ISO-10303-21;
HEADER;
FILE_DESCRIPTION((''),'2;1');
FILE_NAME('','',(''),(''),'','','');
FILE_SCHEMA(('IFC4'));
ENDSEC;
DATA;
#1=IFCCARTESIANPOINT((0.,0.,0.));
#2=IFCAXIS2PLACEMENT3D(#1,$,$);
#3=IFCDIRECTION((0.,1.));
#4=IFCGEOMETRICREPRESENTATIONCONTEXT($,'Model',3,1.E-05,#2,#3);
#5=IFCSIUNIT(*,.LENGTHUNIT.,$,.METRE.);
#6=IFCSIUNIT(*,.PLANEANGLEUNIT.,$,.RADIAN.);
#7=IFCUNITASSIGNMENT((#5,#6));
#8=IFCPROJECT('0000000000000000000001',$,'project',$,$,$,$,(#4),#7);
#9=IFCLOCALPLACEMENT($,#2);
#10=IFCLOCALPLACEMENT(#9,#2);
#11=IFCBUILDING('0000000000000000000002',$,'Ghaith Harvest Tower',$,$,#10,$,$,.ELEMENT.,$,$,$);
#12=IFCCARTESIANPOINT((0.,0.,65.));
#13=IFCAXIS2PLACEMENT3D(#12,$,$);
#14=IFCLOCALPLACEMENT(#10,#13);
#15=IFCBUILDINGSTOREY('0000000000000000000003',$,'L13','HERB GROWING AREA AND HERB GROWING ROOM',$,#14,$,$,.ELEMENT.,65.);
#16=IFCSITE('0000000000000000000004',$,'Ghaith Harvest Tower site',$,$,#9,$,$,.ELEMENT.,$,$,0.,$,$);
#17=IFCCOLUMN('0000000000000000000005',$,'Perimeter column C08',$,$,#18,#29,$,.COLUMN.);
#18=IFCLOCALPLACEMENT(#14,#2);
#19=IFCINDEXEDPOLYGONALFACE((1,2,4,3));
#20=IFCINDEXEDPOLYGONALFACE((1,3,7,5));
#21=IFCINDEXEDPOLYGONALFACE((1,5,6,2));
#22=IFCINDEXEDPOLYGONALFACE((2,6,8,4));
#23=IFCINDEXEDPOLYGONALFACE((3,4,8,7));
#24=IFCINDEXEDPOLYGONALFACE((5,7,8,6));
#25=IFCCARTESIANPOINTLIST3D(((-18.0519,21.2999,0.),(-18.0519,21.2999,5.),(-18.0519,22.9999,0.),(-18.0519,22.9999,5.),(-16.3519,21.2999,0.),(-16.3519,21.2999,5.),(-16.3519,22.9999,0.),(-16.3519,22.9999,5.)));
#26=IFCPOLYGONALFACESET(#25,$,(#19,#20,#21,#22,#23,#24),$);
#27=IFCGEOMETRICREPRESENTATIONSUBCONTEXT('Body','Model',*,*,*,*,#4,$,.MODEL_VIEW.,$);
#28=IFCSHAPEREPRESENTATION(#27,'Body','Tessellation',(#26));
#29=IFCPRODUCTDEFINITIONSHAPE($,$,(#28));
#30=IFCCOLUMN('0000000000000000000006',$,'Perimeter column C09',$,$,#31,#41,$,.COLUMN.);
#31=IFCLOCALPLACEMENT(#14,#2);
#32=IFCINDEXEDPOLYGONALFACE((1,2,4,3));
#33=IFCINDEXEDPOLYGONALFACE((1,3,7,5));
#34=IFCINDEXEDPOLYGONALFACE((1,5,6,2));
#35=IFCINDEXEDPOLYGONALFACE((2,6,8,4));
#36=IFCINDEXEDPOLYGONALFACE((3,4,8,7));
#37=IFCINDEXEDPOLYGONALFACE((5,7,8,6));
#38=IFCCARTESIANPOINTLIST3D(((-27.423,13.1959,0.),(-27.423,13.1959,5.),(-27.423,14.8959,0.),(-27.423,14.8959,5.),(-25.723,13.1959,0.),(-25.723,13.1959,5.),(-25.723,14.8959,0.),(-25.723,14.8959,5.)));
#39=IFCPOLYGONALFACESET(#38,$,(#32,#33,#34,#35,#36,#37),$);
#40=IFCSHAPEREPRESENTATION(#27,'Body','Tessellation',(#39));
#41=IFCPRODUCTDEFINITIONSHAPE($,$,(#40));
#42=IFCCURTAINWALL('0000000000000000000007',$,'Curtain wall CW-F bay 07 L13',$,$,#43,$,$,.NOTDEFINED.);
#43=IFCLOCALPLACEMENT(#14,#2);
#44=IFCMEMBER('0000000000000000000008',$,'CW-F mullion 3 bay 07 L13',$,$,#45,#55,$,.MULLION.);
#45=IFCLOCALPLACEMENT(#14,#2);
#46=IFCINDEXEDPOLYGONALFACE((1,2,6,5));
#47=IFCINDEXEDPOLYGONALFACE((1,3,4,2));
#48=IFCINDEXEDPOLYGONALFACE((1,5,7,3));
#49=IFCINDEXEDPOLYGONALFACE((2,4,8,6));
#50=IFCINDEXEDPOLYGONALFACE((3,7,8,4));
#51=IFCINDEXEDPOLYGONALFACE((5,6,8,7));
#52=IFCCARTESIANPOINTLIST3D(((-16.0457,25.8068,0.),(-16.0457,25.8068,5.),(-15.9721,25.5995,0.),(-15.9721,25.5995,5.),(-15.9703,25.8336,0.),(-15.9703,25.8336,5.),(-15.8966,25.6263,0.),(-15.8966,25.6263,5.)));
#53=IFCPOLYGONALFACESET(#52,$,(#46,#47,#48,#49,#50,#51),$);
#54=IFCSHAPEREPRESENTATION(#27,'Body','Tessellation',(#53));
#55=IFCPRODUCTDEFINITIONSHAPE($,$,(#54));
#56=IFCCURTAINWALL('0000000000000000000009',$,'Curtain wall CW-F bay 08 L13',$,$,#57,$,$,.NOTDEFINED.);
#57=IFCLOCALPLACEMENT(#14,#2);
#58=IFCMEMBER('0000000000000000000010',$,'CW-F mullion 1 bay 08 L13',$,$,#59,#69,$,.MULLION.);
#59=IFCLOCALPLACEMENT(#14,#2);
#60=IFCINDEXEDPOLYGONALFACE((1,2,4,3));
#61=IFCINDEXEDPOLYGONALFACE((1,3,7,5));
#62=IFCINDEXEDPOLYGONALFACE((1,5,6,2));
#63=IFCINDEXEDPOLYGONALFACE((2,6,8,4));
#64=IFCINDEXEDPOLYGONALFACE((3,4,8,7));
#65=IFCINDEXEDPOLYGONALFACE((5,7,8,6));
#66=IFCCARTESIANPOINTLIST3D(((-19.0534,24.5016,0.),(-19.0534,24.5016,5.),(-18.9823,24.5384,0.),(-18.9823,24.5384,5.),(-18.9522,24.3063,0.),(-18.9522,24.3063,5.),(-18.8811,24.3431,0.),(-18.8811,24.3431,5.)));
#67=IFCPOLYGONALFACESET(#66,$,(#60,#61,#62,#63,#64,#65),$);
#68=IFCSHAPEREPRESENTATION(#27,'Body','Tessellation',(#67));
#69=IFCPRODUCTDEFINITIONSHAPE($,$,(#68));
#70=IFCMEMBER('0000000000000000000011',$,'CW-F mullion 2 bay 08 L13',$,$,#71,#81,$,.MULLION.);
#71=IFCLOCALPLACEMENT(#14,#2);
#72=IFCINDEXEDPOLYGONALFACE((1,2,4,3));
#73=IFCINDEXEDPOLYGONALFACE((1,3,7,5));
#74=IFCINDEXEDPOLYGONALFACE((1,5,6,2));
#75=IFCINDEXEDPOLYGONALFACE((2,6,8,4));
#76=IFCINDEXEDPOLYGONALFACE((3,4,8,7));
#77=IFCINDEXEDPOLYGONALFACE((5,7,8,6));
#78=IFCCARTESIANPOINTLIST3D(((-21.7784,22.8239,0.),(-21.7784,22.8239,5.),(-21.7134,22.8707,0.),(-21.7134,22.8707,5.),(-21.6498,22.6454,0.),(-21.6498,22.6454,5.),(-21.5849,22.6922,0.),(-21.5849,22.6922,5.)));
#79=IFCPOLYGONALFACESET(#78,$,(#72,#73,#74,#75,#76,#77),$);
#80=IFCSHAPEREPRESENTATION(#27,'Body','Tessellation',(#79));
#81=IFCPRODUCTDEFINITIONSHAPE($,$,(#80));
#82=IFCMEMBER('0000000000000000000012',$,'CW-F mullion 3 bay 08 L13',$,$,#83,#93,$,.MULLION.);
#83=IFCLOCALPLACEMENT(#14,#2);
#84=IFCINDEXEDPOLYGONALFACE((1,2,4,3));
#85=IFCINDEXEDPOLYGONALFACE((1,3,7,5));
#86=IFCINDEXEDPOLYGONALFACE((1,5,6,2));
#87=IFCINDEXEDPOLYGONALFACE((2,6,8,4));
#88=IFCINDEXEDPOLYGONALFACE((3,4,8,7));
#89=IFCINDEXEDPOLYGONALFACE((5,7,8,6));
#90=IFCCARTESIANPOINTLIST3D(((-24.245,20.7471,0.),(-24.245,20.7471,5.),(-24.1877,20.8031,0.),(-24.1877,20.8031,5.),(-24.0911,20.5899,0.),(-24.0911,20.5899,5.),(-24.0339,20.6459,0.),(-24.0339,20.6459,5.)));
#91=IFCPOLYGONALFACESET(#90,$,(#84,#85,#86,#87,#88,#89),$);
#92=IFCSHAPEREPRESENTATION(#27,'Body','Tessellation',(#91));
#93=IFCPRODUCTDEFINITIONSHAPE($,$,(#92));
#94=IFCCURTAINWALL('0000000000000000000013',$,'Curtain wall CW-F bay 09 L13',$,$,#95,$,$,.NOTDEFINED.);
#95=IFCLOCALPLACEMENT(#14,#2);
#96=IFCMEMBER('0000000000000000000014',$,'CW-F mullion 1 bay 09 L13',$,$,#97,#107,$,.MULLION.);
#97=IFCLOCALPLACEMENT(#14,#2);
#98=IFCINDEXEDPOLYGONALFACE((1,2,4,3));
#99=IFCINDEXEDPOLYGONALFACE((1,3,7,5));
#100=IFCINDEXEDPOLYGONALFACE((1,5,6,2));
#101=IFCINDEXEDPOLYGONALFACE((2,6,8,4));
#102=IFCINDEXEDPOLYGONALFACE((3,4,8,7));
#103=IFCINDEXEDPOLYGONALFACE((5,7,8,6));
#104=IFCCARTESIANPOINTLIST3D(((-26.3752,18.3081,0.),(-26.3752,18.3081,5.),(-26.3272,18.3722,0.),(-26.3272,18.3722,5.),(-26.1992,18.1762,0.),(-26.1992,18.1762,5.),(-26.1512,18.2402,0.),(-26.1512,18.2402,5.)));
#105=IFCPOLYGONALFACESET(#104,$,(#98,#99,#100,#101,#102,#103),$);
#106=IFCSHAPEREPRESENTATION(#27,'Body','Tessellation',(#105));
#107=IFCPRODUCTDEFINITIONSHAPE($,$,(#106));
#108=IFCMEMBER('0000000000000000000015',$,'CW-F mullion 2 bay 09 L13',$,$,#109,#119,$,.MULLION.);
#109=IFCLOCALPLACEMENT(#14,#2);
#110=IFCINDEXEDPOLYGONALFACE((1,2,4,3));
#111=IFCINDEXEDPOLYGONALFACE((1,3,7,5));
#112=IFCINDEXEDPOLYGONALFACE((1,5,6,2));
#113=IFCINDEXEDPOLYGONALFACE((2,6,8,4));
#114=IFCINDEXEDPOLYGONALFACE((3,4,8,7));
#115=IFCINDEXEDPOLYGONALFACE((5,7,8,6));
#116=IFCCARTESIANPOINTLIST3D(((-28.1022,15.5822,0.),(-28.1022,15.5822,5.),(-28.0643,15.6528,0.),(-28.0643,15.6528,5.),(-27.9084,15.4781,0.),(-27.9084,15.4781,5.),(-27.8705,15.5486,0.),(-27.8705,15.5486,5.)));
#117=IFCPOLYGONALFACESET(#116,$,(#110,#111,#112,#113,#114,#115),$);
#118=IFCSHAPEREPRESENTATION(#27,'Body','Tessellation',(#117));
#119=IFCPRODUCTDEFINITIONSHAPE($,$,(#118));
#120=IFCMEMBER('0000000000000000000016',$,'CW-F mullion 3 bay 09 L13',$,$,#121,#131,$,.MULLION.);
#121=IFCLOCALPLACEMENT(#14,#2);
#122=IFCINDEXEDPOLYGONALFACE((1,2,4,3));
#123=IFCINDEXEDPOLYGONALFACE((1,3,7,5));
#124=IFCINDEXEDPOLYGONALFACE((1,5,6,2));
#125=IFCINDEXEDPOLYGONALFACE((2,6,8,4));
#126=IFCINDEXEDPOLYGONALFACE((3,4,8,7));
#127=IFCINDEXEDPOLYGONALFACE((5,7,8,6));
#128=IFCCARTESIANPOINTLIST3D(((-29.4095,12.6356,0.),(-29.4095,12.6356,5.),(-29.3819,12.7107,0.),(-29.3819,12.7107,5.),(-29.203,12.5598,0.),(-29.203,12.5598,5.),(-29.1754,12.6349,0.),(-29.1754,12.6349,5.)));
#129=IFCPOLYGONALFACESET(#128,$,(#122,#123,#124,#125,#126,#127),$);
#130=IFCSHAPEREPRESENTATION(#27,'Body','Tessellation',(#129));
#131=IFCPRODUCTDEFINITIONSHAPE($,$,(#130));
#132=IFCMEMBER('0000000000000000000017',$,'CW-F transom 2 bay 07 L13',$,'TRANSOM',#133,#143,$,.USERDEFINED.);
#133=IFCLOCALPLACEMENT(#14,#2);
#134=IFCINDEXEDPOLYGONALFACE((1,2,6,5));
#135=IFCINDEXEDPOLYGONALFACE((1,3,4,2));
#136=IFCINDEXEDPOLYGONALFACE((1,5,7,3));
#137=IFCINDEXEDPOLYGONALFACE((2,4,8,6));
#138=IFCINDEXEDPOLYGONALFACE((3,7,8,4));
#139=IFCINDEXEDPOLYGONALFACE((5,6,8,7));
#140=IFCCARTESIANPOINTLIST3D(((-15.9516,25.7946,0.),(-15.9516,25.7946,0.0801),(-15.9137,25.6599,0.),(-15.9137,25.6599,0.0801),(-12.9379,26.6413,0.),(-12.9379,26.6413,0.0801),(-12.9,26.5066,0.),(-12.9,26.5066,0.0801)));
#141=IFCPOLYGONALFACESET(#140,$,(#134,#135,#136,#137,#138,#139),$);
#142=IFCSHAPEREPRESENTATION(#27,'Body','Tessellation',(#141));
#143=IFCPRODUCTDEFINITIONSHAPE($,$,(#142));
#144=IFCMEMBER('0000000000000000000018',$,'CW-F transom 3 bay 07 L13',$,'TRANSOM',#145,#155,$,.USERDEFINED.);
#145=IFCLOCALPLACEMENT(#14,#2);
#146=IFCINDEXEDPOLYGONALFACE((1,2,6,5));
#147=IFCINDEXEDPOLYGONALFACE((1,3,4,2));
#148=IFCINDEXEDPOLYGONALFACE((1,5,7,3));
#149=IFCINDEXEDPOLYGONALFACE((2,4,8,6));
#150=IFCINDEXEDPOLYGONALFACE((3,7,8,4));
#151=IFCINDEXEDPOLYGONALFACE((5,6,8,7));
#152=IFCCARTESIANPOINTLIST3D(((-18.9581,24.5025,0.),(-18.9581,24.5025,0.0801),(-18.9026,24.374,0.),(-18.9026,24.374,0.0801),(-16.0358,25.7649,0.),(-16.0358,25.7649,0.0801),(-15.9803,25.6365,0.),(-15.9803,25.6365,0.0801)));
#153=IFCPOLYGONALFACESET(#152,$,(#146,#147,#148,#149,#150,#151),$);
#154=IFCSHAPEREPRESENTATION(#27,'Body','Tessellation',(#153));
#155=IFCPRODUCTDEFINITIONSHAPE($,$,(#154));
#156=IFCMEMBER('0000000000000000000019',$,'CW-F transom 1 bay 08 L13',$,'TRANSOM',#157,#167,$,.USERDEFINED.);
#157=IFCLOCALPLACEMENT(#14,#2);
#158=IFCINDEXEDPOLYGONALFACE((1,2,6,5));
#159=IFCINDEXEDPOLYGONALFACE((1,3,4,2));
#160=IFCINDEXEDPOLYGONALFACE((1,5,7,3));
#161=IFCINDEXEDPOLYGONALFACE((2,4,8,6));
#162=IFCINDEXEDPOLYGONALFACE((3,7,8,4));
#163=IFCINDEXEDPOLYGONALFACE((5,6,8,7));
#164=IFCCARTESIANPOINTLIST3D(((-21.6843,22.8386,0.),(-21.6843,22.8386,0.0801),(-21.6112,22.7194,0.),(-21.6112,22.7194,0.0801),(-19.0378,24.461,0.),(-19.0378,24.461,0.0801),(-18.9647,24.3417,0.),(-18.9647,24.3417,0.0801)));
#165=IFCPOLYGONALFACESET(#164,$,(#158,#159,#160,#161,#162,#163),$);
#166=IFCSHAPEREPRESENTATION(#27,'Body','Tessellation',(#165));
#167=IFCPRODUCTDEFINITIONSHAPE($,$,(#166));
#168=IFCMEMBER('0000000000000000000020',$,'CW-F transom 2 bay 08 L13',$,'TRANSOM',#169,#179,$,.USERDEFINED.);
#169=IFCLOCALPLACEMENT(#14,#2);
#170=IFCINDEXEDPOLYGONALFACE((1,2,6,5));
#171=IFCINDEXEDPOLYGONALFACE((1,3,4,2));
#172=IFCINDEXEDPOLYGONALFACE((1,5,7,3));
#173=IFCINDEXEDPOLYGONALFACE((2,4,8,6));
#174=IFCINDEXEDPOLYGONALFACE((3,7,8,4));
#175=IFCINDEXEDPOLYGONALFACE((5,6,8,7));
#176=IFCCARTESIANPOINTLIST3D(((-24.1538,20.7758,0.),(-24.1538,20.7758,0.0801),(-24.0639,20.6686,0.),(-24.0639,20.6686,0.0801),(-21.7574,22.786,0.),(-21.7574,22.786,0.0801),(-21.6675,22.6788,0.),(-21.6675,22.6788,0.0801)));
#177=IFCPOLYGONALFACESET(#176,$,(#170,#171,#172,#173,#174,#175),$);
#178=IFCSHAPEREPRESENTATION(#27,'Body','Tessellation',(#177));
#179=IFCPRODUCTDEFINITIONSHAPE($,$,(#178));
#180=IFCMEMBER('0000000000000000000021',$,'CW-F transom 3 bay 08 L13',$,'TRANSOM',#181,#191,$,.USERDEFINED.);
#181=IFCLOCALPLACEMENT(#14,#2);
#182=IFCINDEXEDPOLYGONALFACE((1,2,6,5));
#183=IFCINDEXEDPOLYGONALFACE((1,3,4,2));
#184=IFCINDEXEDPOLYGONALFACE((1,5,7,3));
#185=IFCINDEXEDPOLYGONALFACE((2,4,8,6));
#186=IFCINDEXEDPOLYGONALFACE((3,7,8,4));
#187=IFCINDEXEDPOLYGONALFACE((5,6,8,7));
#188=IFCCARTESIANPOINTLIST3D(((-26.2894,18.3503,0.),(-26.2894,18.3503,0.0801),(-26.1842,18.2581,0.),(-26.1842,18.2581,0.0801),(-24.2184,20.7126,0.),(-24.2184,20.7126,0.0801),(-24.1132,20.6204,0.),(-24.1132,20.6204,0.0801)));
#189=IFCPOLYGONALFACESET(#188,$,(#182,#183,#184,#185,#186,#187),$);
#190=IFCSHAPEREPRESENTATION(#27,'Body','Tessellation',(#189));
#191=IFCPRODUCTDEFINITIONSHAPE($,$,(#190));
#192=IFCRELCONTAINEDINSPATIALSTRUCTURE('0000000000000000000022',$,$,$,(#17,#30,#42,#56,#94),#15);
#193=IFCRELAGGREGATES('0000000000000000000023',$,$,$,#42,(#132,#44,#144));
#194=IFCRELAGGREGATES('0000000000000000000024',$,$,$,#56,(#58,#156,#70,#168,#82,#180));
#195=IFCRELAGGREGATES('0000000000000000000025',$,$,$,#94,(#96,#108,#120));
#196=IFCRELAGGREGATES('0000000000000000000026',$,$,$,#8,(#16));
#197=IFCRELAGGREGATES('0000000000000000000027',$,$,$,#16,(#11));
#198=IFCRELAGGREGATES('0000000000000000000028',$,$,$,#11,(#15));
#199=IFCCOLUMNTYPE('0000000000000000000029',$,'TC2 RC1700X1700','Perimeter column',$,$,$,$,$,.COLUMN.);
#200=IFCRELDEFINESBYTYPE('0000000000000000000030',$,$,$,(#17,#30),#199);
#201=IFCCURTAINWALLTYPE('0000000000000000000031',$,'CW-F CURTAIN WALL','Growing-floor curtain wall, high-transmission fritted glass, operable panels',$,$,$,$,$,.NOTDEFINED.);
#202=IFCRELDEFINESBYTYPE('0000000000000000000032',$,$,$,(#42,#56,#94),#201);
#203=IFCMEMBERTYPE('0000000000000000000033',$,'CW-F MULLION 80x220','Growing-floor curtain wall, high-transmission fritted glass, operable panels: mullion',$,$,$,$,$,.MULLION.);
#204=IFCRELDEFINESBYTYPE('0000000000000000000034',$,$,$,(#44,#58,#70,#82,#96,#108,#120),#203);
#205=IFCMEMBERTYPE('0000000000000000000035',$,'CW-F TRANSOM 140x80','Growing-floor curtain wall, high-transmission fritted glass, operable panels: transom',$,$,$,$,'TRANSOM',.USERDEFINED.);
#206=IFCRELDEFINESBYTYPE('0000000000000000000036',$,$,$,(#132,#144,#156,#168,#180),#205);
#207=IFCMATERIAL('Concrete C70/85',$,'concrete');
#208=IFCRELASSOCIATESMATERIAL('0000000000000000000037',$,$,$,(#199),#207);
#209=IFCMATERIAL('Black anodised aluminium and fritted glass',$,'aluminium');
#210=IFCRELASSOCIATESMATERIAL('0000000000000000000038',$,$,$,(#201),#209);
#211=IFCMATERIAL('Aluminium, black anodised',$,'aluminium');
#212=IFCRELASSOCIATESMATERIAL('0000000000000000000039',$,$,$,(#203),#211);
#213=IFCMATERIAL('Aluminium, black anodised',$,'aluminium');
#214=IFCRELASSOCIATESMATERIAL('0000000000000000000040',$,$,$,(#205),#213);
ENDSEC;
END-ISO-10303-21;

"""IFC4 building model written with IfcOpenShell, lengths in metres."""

from ifc_helpers import new_model, si_unit, direction, frame, origin, origin_2d, place, context, subcontext, project, spatial, rectangle, extrude, material, material_profile, profile_set, type_object, element, aggregate, save


model = new_model("IFC4")

# Units and contexts
model_context = context("Model", 3, precision=1e-05, world=origin(), true_north=direction((0.0, 1.0)))
body_context = subcontext(model_context, "Body", "Model", "MODEL_VIEW")
ifc_project = project(units=[si_unit("LENGTHUNIT", "METRE"), si_unit("PLANEANGLEUNIT", "RADIAN")], contexts=[model_context])

# Site, building, storey
site_placement = place(None, origin())
site = spatial("IfcSite", under=ifc_project, at=site_placement, Name="Ghaith Harvest Tower site", CompositionType="ELEMENT", RefElevation=0.0)
building_placement = place(site_placement, origin())
building = spatial("IfcBuilding", under=site, at=building_placement, Name="Ghaith Harvest Tower", CompositionType="ELEMENT")
storey_placement = place(building_placement, frame((0.0, 0.0, 65.0)))
storey = spatial("IfcBuildingStorey", under=building, at=storey_placement, Name="L13", Description="HERB GROWING AREA AND HERB GROWING ROOM", CompositionType="ELEMENT", Elevation=65.0)

# Columns
ifc_material_1 = material(Name="Concrete C70/85", Category="concrete")
ifc_material_profile_1 = material_profile(ifc_material_1, rectangle(XDim=1.7, YDim=1.7, at=origin_2d()), Name="RC1700X1700")
ifc_profile_set_1 = profile_set([ifc_material_profile_1], Name="Concrete C70/85")
column_type = type_object("IfcColumnType", Name="TC2 RC1700X1700", Description="Perimeter column", PredefinedType="COLUMN", material=ifc_profile_set_1)
for number, where, z_axis, x_axis, name in (
    (1, (-17.2019, 22.1499, 0.0), (0.0, 0.0, 1.0), (1.0, 0.0, 0.0), "Perimeter column C08"),
    (2, (-26.573, 14.0459, 0.0), (0.0, 0.0, 1.0), (1.0, 0.0, 0.0), "Perimeter column C09"),
):
    element("IfcColumn", number, at=place(storey_placement, frame(where, z_axis=z_axis, x_axis=x_axis)), inside=storey, type_object=column_type, Name=name, PredefinedType="COLUMN", context=body_context, shape_type="SweptSolid", body=[
        extrude(rectangle(XDim=1.7, YDim=1.7, at=origin_2d()), origin(), (0.0, 0.0, 1.0), 5.0),
    ])

# Curtain wall, member
ifc_material_2 = material(Name="Black anodised aluminium and fritted glass", Category="aluminium")
curtain_wall_type = type_object("IfcCurtainWallType", Name="CW-F CURTAIN WALL", Description="Growing-floor curtain wall, high-transmission fritted glass, operable panels", PredefinedType="NOTDEFINED", material=ifc_material_2)
curtain_wall_1_placement = place(storey_placement, origin())
curtain_wall_1 = element("IfcCurtainWall", 3, at=curtain_wall_1_placement, inside=storey, type_object=curtain_wall_type, Name="Curtain wall CW-F bay 07 L13", PredefinedType="NOTDEFINED")
ifc_material_3 = material(Name="Aluminium, black anodised", Category="aluminium")
ifc_material_profile_2 = material_profile(ifc_material_3, rectangle(XDim=0.0801, YDim=0.22, at=origin_2d()), Name="CW-F MULLION 80x220")
ifc_profile_set_2 = profile_set([ifc_material_profile_2], Name="Aluminium, black anodised")
member_type_1 = type_object("IfcMemberType", Name="CW-F MULLION 80x220", Description="Growing-floor curtain wall, high-transmission fritted glass, operable panels: mullion", PredefinedType="MULLION", material=ifc_profile_set_2)
member_1_placement = place(storey_placement, frame((-15.9712, 25.7166, 0.0), z_axis=(0.0, 0.0, 1.0), x_axis=(-0.942294, -0.334788, 0.0)))
member_1 = element("IfcMember", 4, at=member_1_placement, type_object=member_type_1, Name="CW-F mullion 3 bay 07 L13", PredefinedType="MULLION", context=body_context, shape_type="SweptSolid", body=[
    extrude(rectangle(XDim=0.0801, YDim=0.22, at=origin_2d()), origin(), (0.0, 0.0, 1.0), 5.0),
])

# Curtain walls, members
curtain_wall_2_placement = place(storey_placement, origin())
curtain_wall_2 = element("IfcCurtainWall", 5, at=curtain_wall_2_placement, inside=storey, type_object=curtain_wall_type, Name="Curtain wall CW-F bay 08 L13", PredefinedType="NOTDEFINED")
member_2_placement = place(storey_placement, frame((-18.9673, 24.4224, 0.0), z_axis=(0.0, 0.0, 1.0), x_axis=(-0.887912, -0.460013, 0.0)))
member_2 = element("IfcMember", 6, at=member_2_placement, type_object=member_type_1, Name="CW-F mullion 1 bay 08 L13", PredefinedType="MULLION", context=body_context, shape_type="SweptSolid", body=[
    extrude(rectangle(XDim=0.0801, YDim=0.22, at=origin_2d()), origin(), (0.0, 0.0, 1.0), 5.0),
])
member_3_placement = place(storey_placement, frame((-21.6816, 22.7581, 0.0), z_axis=(0.0, 0.0, 1.0), x_axis=(-0.811401, -0.58449, 0.0)))
member_3 = element("IfcMember", 7, at=member_3_placement, type_object=member_type_1, Name="CW-F mullion 2 bay 08 L13", PredefinedType="MULLION", context=body_context, shape_type="SweptSolid", body=[
    extrude(rectangle(XDim=0.0801, YDim=0.22, at=origin_2d()), origin(), (0.0, 0.0, 1.0), 5.0),
])
member_4_placement = place(storey_placement, frame((-24.1394, 20.6965, 0.0), z_axis=(0.0, 0.0, 1.0), x_axis=(-0.714663, -0.699469, 0.0)))
member_4 = element("IfcMember", 8, at=member_4_placement, type_object=member_type_1, Name="CW-F mullion 3 bay 08 L13", PredefinedType="MULLION", context=body_context, shape_type="SweptSolid", body=[
    extrude(rectangle(XDim=0.0801, YDim=0.22, at=origin_2d()), origin(), (0.0, 0.0, 1.0), 5.0),
])
curtain_wall_3_placement = place(storey_placement, origin())
curtain_wall_3 = element("IfcCurtainWall", 9, at=curtain_wall_3_placement, inside=storey, type_object=curtain_wall_type, Name="Curtain wall CW-F bay 09 L13", PredefinedType="NOTDEFINED")
member_5_placement = place(storey_placement, frame((-26.2632, 18.2742, 0.0), z_axis=(0.0, 0.0, 1.0), x_axis=(-0.599862, -0.800104, 0.0)))
member_5 = element("IfcMember", 10, at=member_5_placement, type_object=member_type_1, Name="CW-F mullion 1 bay 09 L13", PredefinedType="MULLION", context=body_context, shape_type="SweptSolid", body=[
    extrude(rectangle(XDim=0.0801, YDim=0.22, at=origin_2d()), origin(), (0.0, 0.0, 1.0), 5.0),
])
member_6_placement = place(storey_placement, frame((-27.9863, 15.5654, 0.0), z_axis=(0.0, 0.0, 1.0), x_axis=(-0.473265, -0.88092, 0.0)))
member_6 = element("IfcMember", 11, at=member_6_placement, type_object=member_type_1, Name="CW-F mullion 2 bay 09 L13", PredefinedType="MULLION", context=body_context, shape_type="SweptSolid", body=[
    extrude(rectangle(XDim=0.0801, YDim=0.22, at=origin_2d()), origin(), (0.0, 0.0, 1.0), 5.0),
])
member_7_placement = place(storey_placement, frame((-29.2925, 12.6353, 0.0), z_axis=(0.0, 0.0, 1.0), x_axis=(-0.344618, -0.938743, 0.0)))
member_7 = element("IfcMember", 12, at=member_7_placement, type_object=member_type_1, Name="CW-F mullion 3 bay 09 L13", PredefinedType="MULLION", context=body_context, shape_type="SweptSolid", body=[
    extrude(rectangle(XDim=0.0801, YDim=0.22, at=origin_2d()), origin(), (0.0, 0.0, 1.0), 5.0),
])

# Members
ifc_material_4 = material(Name="Aluminium, black anodised", Category="aluminium")
ifc_material_profile_3 = material_profile(ifc_material_4, rectangle(XDim=0.1399, YDim=0.0801, at=origin_2d()), Name="CW-F TRANSOM 140x80")
ifc_profile_set_3 = profile_set([ifc_material_profile_3], Name="Aluminium, black anodised")
member_type_2 = type_object("IfcMemberType", Name="CW-F TRANSOM 140x80", Description="Growing-floor curtain wall, high-transmission fritted glass, operable panels: transom", ElementType="TRANSOM", PredefinedType="USERDEFINED", material=ifc_profile_set_3)
member_8_placement = place(storey_placement, frame((-12.9189, 26.574, 0.04), z_axis=(-0.962727, -0.270475, 0.0), x_axis=(0.270475, -0.962727, 0.0)))
member_8 = element("IfcMember", 13, at=member_8_placement, type_object=member_type_2, Name="CW-F transom 2 bay 07 L13", ObjectType="TRANSOM", PredefinedType="USERDEFINED", context=body_context, shape_type="SweptSolid", body=[
    extrude(rectangle(XDim=0.1399, YDim=0.0801, at=origin_2d()), origin(), (0.0, 0.0, 1.0), 3.1304),
])
member_9_placement = place(storey_placement, frame((-16.0081, 25.7007, 0.04), z_axis=(-0.918003, -0.396574, 0.0), x_axis=(0.396574, -0.918003, 0.0)))
member_9 = element("IfcMember", 14, at=member_9_placement, type_object=member_type_2, Name="CW-F transom 3 bay 07 L13", ObjectType="TRANSOM", PredefinedType="USERDEFINED", context=body_context, shape_type="SweptSolid", body=[
    extrude(rectangle(XDim=0.1399, YDim=0.0801, at=origin_2d()), origin(), (0.0, 0.0, 1.0), 3.1833),
])
member_10_placement = place(storey_placement, frame((-19.0012, 24.4014, 0.04), z_axis=(-0.852562, -0.522627, 0.0), x_axis=(0.522627, -0.852562, 0.0)))
member_10 = element("IfcMember", 15, at=member_10_placement, type_object=member_type_2, Name="CW-F transom 1 bay 08 L13", ObjectType="TRANSOM", PredefinedType="USERDEFINED", context=body_context, shape_type="SweptSolid", body=[
    extrude(rectangle(XDim=0.1399, YDim=0.0801, at=origin_2d()), origin(), (0.0, 0.0, 1.0), 3.1042),
])
member_11_placement = place(storey_placement, frame((-21.7124, 22.7324, 0.04), z_axis=(-0.766144, -0.642668, 0.0), x_axis=(0.642668, -0.766144, 0.0)))
member_11 = element("IfcMember", 16, at=member_11_placement, type_object=member_type_2, Name="CW-F transom 2 bay 08 L13", ObjectType="TRANSOM", PredefinedType="USERDEFINED", context=body_context, shape_type="SweptSolid", body=[
    extrude(rectangle(XDim=0.1399, YDim=0.0801, at=origin_2d()), origin(), (0.0, 0.0, 1.0), 3.1279),
])
member_12_placement = place(storey_placement, frame((-24.1658, 20.6665, 0.04), z_axis=(-0.659231, -0.751941, 0.0), x_axis=(0.751941, -0.659231, 0.0)))
member_12 = element("IfcMember", 17, at=member_12_placement, type_object=member_type_2, Name="CW-F transom 3 bay 08 L13", ObjectType="TRANSOM", PredefinedType="USERDEFINED", context=body_context, shape_type="SweptSolid", body=[
    extrude(rectangle(XDim=0.1399, YDim=0.0801, at=origin_2d()), origin(), (0.0, 0.0, 1.0), 3.1416),
])

aggregate(curtain_wall_1, [member_8, member_1, member_9])
aggregate(curtain_wall_2, [member_2, member_10, member_3, member_11, member_4, member_12])
aggregate(curtain_wall_3, [member_5, member_6, member_7])

save(model, "model.ifc")
